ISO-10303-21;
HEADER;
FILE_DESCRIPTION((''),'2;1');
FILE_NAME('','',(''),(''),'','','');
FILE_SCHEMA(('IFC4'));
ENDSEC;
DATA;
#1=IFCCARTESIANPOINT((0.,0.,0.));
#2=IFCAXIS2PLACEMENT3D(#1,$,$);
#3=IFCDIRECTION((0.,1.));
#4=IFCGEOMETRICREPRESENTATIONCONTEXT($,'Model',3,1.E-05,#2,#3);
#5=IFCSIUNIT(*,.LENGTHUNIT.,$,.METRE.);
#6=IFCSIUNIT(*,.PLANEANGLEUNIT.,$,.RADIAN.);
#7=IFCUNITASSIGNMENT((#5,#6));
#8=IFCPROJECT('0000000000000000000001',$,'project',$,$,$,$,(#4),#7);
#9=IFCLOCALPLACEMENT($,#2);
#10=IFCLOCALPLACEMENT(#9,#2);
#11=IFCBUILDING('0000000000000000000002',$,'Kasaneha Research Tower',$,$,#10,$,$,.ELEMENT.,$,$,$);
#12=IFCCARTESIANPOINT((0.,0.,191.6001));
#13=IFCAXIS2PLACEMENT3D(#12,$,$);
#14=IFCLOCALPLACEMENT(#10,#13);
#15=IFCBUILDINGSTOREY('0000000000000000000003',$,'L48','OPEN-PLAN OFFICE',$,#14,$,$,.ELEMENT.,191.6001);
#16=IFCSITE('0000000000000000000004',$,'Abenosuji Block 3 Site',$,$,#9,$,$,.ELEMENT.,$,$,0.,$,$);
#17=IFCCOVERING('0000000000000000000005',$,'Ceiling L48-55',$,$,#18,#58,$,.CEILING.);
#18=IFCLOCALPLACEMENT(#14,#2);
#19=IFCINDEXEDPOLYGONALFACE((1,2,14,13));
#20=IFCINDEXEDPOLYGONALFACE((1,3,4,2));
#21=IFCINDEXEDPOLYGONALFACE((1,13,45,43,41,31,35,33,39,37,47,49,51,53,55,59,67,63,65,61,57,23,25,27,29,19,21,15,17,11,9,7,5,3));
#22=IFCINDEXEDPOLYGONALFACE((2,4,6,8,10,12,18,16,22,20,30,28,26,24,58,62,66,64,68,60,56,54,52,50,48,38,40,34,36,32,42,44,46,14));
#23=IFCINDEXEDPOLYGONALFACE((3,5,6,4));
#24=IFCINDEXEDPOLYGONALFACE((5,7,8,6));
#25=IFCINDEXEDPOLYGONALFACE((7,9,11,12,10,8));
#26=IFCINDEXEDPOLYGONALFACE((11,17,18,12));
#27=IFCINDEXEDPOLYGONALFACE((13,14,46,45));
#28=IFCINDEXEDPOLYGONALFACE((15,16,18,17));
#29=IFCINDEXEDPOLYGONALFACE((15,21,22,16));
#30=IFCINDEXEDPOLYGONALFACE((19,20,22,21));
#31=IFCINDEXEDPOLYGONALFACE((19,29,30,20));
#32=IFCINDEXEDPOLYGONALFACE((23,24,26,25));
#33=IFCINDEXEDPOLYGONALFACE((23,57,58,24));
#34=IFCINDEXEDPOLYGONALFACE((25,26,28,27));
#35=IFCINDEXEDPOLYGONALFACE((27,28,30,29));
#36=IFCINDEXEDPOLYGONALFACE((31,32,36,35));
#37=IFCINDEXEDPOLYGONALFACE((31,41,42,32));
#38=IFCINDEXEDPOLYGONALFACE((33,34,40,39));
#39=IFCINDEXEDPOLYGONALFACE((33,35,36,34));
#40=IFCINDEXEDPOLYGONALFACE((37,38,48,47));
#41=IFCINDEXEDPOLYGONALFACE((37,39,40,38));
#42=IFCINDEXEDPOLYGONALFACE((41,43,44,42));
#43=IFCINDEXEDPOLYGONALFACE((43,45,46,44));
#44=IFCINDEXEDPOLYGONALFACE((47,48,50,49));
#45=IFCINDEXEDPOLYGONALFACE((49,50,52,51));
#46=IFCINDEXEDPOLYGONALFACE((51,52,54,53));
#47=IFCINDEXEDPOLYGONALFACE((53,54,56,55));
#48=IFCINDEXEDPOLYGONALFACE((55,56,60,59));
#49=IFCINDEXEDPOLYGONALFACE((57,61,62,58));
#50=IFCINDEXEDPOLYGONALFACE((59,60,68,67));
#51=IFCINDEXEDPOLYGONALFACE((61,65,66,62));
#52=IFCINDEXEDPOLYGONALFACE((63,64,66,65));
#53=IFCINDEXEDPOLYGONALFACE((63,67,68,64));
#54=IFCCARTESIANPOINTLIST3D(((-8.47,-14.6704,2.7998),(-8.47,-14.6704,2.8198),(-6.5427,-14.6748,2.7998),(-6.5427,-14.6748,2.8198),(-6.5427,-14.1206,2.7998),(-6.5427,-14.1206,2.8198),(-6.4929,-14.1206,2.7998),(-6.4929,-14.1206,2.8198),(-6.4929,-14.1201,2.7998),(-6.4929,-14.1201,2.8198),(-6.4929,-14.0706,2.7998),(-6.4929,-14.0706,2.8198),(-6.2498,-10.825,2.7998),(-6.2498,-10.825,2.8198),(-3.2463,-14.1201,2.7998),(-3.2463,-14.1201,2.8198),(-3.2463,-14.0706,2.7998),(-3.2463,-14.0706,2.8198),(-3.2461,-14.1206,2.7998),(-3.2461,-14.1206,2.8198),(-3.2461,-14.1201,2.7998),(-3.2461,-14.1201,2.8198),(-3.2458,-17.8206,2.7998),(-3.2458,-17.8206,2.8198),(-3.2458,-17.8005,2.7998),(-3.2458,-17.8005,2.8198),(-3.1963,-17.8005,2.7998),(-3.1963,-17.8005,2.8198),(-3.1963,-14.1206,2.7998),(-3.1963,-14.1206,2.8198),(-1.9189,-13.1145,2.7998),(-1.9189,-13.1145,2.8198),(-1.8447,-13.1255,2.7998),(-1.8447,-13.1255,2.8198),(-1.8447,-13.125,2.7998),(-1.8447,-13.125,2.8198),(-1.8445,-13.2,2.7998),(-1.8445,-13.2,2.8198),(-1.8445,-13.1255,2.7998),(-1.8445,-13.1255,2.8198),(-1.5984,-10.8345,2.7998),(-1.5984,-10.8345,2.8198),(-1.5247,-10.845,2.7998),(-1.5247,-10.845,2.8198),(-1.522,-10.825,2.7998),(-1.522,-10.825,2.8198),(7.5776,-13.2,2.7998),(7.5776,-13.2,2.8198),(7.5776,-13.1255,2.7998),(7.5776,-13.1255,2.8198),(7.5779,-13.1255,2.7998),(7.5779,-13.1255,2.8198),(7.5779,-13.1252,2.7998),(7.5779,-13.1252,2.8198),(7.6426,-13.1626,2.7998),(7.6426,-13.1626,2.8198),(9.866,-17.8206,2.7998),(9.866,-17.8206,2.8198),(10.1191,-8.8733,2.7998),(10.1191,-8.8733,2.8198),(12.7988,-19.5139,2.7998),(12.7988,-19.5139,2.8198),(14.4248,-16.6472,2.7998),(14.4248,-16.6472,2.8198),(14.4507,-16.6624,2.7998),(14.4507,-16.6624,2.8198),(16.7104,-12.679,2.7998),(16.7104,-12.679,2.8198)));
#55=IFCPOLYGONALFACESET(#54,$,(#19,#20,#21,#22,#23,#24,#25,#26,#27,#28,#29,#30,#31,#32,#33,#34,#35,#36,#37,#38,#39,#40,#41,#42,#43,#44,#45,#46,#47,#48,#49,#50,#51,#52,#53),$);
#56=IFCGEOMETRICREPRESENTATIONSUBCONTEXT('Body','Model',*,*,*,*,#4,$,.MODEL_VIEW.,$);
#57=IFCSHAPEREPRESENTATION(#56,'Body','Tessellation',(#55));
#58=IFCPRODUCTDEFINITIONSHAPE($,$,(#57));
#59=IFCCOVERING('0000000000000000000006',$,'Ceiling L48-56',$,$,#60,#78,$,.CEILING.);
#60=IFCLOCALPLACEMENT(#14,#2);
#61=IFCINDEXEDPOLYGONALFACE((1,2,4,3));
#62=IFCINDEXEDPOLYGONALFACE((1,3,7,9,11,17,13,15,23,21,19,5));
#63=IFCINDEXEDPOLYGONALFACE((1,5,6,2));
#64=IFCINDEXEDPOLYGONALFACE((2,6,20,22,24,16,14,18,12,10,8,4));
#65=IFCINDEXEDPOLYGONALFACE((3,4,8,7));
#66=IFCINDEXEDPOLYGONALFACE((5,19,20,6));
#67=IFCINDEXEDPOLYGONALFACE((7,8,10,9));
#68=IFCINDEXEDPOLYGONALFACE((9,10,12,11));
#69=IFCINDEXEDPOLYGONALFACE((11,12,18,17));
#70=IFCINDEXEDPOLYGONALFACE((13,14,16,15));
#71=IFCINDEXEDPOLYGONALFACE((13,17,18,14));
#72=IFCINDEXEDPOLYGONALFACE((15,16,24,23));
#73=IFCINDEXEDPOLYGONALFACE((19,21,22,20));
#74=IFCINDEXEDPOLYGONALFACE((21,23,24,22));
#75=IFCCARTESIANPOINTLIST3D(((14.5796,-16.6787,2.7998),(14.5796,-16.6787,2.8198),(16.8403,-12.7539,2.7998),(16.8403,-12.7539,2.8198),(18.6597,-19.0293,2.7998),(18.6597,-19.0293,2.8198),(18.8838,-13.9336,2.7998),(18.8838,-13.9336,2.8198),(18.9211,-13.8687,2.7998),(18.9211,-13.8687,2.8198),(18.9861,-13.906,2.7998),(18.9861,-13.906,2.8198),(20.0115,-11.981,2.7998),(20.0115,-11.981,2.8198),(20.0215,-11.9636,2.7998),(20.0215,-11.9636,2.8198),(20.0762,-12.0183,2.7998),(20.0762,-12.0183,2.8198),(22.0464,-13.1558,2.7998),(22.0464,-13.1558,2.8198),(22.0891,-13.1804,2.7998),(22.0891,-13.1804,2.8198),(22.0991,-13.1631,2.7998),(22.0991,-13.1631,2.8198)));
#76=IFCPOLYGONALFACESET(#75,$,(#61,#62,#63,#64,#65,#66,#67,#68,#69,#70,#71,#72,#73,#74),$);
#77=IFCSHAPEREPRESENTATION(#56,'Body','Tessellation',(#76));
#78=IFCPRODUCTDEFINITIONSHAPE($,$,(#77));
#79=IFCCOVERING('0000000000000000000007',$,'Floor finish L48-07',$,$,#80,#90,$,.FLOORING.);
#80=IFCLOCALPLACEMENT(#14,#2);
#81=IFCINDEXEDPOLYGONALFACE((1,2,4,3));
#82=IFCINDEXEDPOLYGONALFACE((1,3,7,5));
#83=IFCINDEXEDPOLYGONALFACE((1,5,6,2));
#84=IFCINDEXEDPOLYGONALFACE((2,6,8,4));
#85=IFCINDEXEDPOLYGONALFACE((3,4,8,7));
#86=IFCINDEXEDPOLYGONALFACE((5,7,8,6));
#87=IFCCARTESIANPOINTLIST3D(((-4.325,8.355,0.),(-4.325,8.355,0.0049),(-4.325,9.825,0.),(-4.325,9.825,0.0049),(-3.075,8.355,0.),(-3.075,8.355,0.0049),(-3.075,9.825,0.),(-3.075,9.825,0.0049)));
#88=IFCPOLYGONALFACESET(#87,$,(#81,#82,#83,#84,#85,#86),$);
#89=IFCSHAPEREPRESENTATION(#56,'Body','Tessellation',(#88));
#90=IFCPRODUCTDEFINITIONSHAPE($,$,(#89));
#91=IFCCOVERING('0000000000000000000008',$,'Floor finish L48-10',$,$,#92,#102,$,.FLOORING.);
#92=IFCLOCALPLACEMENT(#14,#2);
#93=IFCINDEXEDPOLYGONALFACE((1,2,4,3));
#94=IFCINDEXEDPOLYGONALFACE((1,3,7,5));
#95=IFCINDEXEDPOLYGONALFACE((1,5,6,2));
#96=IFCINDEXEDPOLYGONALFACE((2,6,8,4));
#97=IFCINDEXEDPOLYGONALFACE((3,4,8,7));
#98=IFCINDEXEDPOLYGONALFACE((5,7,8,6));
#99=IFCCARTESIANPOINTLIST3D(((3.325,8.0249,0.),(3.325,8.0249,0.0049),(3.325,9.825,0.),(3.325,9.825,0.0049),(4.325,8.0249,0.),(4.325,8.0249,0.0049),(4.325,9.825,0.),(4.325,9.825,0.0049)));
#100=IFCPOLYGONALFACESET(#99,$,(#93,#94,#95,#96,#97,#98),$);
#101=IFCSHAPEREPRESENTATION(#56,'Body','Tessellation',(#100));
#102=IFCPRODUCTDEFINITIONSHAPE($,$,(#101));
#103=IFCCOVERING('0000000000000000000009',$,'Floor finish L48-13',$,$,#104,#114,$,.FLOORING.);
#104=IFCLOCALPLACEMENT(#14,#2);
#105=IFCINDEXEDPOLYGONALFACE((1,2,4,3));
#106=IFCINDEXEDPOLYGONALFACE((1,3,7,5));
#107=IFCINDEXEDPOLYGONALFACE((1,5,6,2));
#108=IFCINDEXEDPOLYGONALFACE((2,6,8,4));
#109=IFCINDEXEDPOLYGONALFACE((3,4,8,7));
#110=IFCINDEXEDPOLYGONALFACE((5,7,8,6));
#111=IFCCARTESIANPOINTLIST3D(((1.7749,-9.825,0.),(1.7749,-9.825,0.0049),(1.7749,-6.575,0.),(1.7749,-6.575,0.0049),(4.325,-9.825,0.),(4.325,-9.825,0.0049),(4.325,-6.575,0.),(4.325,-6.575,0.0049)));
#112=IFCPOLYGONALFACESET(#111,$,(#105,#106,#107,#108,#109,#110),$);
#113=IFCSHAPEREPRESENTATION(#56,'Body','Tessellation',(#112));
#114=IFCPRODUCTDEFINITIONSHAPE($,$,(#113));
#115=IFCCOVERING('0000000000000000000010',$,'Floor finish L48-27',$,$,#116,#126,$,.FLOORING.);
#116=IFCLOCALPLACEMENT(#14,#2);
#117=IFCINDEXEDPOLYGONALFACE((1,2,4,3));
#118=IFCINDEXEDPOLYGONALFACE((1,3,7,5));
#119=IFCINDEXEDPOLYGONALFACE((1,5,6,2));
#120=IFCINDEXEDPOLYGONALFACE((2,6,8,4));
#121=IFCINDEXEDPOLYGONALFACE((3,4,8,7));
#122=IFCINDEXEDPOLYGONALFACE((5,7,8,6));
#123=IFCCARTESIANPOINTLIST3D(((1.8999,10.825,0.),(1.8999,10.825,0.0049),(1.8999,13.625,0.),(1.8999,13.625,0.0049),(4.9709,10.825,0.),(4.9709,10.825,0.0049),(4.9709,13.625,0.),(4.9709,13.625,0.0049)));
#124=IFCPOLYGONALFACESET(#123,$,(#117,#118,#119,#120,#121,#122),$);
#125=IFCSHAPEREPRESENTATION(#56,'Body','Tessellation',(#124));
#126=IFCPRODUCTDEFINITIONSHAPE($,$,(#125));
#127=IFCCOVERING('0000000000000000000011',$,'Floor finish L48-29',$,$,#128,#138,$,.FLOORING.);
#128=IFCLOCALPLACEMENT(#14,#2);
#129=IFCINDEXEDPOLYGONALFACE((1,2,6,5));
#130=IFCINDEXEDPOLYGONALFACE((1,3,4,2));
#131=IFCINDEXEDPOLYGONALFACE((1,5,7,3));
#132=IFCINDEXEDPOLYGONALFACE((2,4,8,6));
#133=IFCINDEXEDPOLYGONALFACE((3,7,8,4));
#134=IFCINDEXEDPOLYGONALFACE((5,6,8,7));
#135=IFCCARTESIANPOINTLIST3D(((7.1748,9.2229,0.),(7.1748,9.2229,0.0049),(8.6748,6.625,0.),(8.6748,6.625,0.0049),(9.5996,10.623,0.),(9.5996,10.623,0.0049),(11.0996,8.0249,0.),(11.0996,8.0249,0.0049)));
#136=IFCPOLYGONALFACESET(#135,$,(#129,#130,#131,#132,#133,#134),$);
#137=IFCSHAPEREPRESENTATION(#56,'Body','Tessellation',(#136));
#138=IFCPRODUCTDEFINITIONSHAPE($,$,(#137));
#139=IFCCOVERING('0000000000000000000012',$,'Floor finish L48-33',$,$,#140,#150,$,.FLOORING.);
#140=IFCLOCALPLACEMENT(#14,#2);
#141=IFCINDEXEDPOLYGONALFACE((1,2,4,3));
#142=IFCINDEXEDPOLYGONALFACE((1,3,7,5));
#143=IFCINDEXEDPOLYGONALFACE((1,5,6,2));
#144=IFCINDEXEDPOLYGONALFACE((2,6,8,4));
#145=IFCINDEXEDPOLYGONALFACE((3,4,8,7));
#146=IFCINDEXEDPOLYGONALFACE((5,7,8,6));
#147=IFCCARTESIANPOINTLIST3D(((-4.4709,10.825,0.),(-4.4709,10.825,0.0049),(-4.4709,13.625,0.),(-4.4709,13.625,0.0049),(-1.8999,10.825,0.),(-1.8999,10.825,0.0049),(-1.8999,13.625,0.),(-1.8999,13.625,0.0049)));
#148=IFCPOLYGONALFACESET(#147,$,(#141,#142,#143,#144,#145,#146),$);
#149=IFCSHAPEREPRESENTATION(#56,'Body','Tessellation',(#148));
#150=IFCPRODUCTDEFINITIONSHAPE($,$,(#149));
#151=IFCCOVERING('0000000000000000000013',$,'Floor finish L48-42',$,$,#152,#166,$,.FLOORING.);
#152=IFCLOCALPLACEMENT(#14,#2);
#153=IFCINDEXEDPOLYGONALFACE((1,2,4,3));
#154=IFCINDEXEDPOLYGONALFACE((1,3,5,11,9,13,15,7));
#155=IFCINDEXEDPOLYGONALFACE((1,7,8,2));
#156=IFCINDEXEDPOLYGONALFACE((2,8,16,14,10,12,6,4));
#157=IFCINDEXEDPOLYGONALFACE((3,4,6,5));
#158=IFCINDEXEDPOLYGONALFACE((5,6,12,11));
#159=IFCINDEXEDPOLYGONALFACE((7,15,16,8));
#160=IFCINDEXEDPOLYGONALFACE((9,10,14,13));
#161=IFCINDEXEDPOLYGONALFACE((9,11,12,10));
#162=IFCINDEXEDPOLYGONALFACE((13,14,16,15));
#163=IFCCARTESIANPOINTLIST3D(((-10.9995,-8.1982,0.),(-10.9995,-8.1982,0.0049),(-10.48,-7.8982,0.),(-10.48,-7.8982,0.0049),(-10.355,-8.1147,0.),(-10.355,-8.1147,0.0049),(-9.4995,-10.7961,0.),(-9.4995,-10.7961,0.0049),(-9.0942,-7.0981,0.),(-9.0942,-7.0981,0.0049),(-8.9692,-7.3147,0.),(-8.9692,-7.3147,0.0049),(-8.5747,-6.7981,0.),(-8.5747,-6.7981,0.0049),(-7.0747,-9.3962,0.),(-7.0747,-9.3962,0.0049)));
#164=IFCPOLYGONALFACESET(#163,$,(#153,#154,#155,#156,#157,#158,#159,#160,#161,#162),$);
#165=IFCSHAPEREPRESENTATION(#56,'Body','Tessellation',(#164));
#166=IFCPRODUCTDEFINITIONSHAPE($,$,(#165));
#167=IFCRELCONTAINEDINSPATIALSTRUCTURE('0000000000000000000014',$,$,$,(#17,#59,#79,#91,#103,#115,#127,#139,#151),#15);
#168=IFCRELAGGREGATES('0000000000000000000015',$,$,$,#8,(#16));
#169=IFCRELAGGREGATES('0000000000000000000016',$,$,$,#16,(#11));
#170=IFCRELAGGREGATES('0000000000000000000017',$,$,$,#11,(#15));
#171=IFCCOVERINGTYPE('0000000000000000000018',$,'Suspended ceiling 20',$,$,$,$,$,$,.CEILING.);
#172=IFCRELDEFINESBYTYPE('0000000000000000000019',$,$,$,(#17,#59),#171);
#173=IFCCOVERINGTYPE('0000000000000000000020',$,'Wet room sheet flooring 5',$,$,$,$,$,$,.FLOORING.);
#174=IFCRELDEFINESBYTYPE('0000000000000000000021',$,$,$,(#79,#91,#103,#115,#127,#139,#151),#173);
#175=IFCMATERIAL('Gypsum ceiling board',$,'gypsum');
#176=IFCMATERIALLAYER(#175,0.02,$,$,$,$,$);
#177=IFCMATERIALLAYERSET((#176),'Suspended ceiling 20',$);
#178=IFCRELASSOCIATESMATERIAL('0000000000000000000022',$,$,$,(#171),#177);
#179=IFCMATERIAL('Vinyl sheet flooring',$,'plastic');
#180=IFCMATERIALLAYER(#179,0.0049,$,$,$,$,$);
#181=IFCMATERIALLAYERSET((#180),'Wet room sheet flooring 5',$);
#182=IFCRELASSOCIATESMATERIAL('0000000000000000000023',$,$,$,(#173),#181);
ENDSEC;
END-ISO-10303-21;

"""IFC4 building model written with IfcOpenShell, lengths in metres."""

from ifc_helpers import new_model, si_unit, direction, frame, origin, place, context, subcontext, project, spatial, polyline, outline, extrude, material, layer, layer_set, type_object, element, save


model = new_model("IFC4")

# Units and contexts
model_context = context("Model", 3, precision=1e-05, world=origin(), true_north=direction((0.0, 1.0)))
body_context = subcontext(model_context, "Body", "Model", "MODEL_VIEW")
ifc_project = project(units=[si_unit("LENGTHUNIT", "METRE"), si_unit("PLANEANGLEUNIT", "RADIAN")], contexts=[model_context])

# Site, building, storey
site_placement = place(None, origin())
site = spatial("IfcSite", under=ifc_project, at=site_placement, Name="Abenosuji Block 3 Site", CompositionType="ELEMENT", RefElevation=0.0)
building_placement = place(site_placement, origin())
building = spatial("IfcBuilding", under=site, at=building_placement, Name="Kasaneha Research Tower", CompositionType="ELEMENT")
storey_placement = place(building_placement, frame((0.0, 0.0, 191.6001)))
storey = spatial("IfcBuildingStorey", under=building, at=storey_placement, Name="L48", Description="OPEN-PLAN OFFICE", CompositionType="ELEMENT", Elevation=191.6001)

# Coverings
ifc_material_1 = material(Name="Gypsum ceiling board", Category="gypsum")
ifc_layer_1 = layer(ifc_material_1, 0.02)
ifc_layer_set_1 = layer_set([ifc_layer_1], Name="Suspended ceiling 20")
covering_type_1 = type_object("IfcCoveringType", Name="Suspended ceiling 20", PredefinedType="CEILING", material=ifc_layer_set_1)
covering_1_placement = place(storey_placement, frame((0.0, 0.0, 2.7998)))
element("IfcCovering", 1, at=covering_1_placement, inside=storey, type_object=covering_type_1, Name="Ceiling L48-55", PredefinedType="CEILING", context=body_context, shape_type="SweptSolid", body=[
    extrude(outline(polyline([(-3.2463, -14.1201), (-3.2463, -14.0706), (-6.4929, -14.0706), (-6.4929, -14.1201), (-6.4929, -14.1201), (-6.4929, -14.1206), (-6.5427, -14.1206), (-6.5427, -14.6748), (-8.47, -14.6704), (-6.2498, -10.825), (-1.522, -10.825), (-1.5247, -10.845), (-1.5984, -10.8345), (-1.9189, -13.1145), (-1.8447, -13.125), (-1.8447, -13.1255), (-1.8445, -13.1255), (-1.8445, -13.2), (7.5776, -13.2), (7.5776, -13.1255), (7.5779, -13.1255), (7.5779, -13.1252), (7.6426, -13.1626), (10.1191, -8.8733), (16.7104, -12.679), (14.4248, -16.6472), (14.4507, -16.6624), (12.7988, -19.5139), (9.866, -17.8206), (-3.2458, -17.8206), (-3.2458, -17.8005), (-3.1963, -17.8005), (-3.1963, -14.1206), (-3.2461, -14.1206), (-3.2461, -14.1201), (-3.2463, -14.1201)])), origin(), (0.0, 0.0, 1.0), 0.02),
])
covering_2_placement = place(storey_placement, frame((0.0, 0.0, 2.7998)))
element("IfcCovering", 2, at=covering_2_placement, inside=storey, type_object=covering_type_1, Name="Ceiling L48-56", PredefinedType="CEILING", context=body_context, shape_type="SweptSolid", body=[
    extrude(outline(polyline([(22.0991, -13.1631), (22.0891, -13.1804), (22.0464, -13.1558), (18.6597, -19.0293), (14.5796, -16.6787), (16.8403, -12.7539), (18.8838, -13.9336), (18.9211, -13.8687), (18.9861, -13.906), (20.0762, -12.0183), (20.0115, -11.981), (20.0215, -11.9636), (22.0991, -13.1631)])), origin(), (0.0, 0.0, 1.0), 0.02),
])
ifc_material_2 = material(Name="Vinyl sheet flooring", Category="plastic")
ifc_layer_2 = layer(ifc_material_2, 0.0049)
ifc_layer_set_2 = layer_set([ifc_layer_2], Name="Wet room sheet flooring 5")
covering_type_2 = type_object("IfcCoveringType", Name="Wet room sheet flooring 5", PredefinedType="FLOORING", material=ifc_layer_set_2)
covering_3_placement = place(storey_placement, origin())
element("IfcCovering", 3, at=covering_3_placement, inside=storey, type_object=covering_type_2, Name="Floor finish L48-07", PredefinedType="FLOORING", context=body_context, shape_type="SweptSolid", body=[
    extrude(outline(polyline([(-4.325, 8.355), (-4.325, 9.825), (-3.075, 9.825), (-3.075, 8.355), (-4.325, 8.355)])), origin(), (0.0, 0.0, 1.0), 0.0049),
])
covering_4_placement = place(storey_placement, origin())
element("IfcCovering", 4, at=covering_4_placement, inside=storey, type_object=covering_type_2, Name="Floor finish L48-10", PredefinedType="FLOORING", context=body_context, shape_type="SweptSolid", body=[
    extrude(outline(polyline([(4.325, 8.0249), (3.325, 8.0249), (3.325, 9.825), (4.325, 9.825), (4.325, 8.0249)])), origin(), (0.0, 0.0, 1.0), 0.0049),
])
covering_5_placement = place(storey_placement, origin())
element("IfcCovering", 5, at=covering_5_placement, inside=storey, type_object=covering_type_2, Name="Floor finish L48-13", PredefinedType="FLOORING", context=body_context, shape_type="SweptSolid", body=[
    extrude(outline(polyline([(1.7749, -9.825), (1.7749, -6.575), (4.325, -6.575), (4.325, -9.825), (1.7749, -9.825)])), origin(), (0.0, 0.0, 1.0), 0.0049),
])
covering_6_placement = place(storey_placement, origin())
element("IfcCovering", 6, at=covering_6_placement, inside=storey, type_object=covering_type_2, Name="Floor finish L48-27", PredefinedType="FLOORING", context=body_context, shape_type="SweptSolid", body=[
    extrude(outline(polyline([(4.9709, 13.625), (4.9709, 10.825), (1.8999, 10.825), (1.8999, 13.625), (4.9709, 13.625)])), origin(), (0.0, 0.0, 1.0), 0.0049),
])
covering_7_placement = place(storey_placement, origin())
element("IfcCovering", 7, at=covering_7_placement, inside=storey, type_object=covering_type_2, Name="Floor finish L48-29", PredefinedType="FLOORING", context=body_context, shape_type="SweptSolid", body=[
    extrude(outline(polyline([(11.0996, 8.0249), (8.6748, 6.625), (7.1748, 9.2229), (9.5996, 10.623), (11.0996, 8.0249)])), origin(), (0.0, 0.0, 1.0), 0.0049),
])
covering_8_placement = place(storey_placement, origin())
element("IfcCovering", 8, at=covering_8_placement, inside=storey, type_object=covering_type_2, Name="Floor finish L48-33", PredefinedType="FLOORING", context=body_context, shape_type="SweptSolid", body=[
    extrude(outline(polyline([(-1.8999, 13.625), (-1.8999, 10.825), (-4.4709, 10.825), (-4.4709, 13.625), (-1.8999, 13.625)])), origin(), (0.0, 0.0, 1.0), 0.0049),
])
covering_9_placement = place(storey_placement, origin())
element("IfcCovering", 9, at=covering_9_placement, inside=storey, type_object=covering_type_2, Name="Floor finish L48-42", PredefinedType="FLOORING", context=body_context, shape_type="SweptSolid", body=[
    extrude(outline(polyline([(-10.9995, -8.1982), (-10.48, -7.8982), (-10.355, -8.1147), (-8.9692, -7.3147), (-9.0942, -7.0981), (-8.5747, -6.7981), (-7.0747, -9.3962), (-9.4995, -10.7961), (-10.9995, -8.1982)])), origin(), (0.0, 0.0, 1.0), 0.0049),
])

save(model, "model.ifc")
